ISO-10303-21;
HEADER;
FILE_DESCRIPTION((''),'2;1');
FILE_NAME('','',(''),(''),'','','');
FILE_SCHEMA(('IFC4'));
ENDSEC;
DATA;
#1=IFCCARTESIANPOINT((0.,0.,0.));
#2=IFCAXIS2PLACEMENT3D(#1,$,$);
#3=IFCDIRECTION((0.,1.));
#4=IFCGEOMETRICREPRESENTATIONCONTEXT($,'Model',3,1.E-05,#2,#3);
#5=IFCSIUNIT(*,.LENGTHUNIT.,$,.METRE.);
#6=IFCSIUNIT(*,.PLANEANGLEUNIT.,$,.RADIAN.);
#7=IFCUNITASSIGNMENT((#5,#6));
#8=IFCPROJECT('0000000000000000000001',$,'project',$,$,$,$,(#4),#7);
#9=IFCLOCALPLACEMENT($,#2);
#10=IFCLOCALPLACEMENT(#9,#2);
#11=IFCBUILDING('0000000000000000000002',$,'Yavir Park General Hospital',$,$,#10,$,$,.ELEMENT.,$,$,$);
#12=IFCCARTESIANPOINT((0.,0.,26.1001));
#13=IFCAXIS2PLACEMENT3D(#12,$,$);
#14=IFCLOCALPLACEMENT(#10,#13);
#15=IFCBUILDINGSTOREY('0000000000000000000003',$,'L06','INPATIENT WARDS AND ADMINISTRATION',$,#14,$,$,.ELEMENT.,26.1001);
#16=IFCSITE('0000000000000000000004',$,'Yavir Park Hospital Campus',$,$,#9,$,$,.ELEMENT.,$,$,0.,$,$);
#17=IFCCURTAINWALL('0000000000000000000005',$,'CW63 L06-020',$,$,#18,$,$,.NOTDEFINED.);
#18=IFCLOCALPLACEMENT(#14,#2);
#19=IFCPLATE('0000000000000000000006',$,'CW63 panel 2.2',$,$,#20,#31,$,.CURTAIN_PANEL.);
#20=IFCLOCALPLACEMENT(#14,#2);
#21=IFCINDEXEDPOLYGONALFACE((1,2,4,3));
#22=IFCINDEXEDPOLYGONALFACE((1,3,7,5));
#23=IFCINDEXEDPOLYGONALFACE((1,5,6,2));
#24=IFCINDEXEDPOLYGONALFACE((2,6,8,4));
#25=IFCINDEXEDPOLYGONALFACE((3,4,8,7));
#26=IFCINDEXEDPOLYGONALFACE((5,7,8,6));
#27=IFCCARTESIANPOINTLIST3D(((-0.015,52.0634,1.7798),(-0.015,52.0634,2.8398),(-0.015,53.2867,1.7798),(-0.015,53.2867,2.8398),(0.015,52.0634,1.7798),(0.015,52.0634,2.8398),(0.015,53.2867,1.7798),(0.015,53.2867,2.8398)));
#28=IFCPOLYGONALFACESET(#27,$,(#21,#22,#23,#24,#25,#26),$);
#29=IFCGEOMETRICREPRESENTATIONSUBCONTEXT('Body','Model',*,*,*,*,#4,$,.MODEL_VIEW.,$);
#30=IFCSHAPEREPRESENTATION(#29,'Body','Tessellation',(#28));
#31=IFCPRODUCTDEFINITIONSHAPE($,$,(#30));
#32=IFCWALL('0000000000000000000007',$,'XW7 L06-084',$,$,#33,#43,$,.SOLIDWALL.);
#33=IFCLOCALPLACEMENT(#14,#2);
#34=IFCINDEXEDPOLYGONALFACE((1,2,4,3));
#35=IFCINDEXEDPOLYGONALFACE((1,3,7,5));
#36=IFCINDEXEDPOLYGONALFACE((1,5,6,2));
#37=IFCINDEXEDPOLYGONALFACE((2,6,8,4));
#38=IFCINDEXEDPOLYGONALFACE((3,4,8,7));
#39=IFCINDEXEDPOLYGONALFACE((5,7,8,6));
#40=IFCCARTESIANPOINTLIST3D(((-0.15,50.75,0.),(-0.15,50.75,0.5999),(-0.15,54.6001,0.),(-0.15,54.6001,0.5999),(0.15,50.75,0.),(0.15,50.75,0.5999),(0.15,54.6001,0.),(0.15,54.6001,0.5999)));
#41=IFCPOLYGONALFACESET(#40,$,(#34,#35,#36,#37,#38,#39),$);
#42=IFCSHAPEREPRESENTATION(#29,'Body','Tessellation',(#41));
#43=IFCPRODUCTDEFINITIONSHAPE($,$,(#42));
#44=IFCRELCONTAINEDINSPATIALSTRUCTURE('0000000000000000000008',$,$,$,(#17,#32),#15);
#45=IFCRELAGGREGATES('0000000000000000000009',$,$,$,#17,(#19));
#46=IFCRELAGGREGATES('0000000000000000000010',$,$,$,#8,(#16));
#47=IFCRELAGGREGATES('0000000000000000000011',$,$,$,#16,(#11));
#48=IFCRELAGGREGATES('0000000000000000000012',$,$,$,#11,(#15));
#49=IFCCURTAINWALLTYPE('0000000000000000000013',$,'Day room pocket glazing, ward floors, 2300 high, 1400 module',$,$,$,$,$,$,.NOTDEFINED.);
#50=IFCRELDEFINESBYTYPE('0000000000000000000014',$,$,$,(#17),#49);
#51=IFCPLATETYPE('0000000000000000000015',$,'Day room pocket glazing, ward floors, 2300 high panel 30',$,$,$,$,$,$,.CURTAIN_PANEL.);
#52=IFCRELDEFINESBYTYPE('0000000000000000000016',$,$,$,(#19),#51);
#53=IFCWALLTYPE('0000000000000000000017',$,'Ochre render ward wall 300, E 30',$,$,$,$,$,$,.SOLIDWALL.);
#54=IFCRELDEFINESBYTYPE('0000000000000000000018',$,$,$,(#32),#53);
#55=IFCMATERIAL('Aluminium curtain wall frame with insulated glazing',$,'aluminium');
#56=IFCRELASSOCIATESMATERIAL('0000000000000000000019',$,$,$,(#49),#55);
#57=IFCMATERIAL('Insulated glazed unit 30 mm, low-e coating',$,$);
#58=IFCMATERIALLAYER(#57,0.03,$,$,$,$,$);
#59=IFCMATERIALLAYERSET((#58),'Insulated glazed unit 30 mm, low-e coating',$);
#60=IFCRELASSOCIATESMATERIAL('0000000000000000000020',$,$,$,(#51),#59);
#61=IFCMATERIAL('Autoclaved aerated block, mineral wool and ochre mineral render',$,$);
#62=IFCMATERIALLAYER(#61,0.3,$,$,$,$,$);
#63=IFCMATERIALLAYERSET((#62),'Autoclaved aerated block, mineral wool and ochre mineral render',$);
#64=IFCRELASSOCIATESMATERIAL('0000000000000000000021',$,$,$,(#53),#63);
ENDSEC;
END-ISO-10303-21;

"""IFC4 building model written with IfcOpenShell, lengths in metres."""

from ifc_helpers import new_model, si_unit, direction, frame, frame_2d, origin, origin_2d, place, context, subcontext, project, spatial, rectangle, extrude, material, layer, layer_set, type_object, element, aggregate, save


model = new_model("IFC4")

# Units and contexts
model_context = context("Model", 3, precision=1e-05, world=origin(), true_north=direction((0.0, 1.0)))
body_context = subcontext(model_context, "Body", "Model", "MODEL_VIEW")
ifc_project = project(units=[si_unit("LENGTHUNIT", "METRE"), si_unit("PLANEANGLEUNIT", "RADIAN")], contexts=[model_context])

# Site, building, storey
site_placement = place(None, origin())
site = spatial("IfcSite", under=ifc_project, at=site_placement, Name="Yavir Park Hospital Campus", CompositionType="ELEMENT", RefElevation=0.0)
building_placement = place(site_placement, origin())
building = spatial("IfcBuilding", under=site, at=building_placement, Name="Yavir Park General Hospital", CompositionType="ELEMENT")
storey_placement = place(building_placement, frame((0.0, 0.0, 26.1001)))
storey = spatial("IfcBuildingStorey", under=building, at=storey_placement, Name="L06", Description="INPATIENT WARDS AND ADMINISTRATION", CompositionType="ELEMENT", Elevation=26.1001)

# Curtain wall, plate
ifc_material_1 = material(Name="Aluminium curtain wall frame with insulated glazing", Category="aluminium")
curtain_wall_type = type_object("IfcCurtainWallType", Name="Day room pocket glazing, ward floors, 2300 high, 1400 module", PredefinedType="NOTDEFINED", material=ifc_material_1)
curtain_wall_placement = place(storey_placement, origin())
curtain_wall = element("IfcCurtainWall", 1, at=curtain_wall_placement, inside=storey, type_object=curtain_wall_type, Name="CW63 L06-020", PredefinedType="NOTDEFINED")
ifc_material_2 = material(Name="Insulated glazed unit 30 mm, low-e coating")
ifc_layer_1 = layer(ifc_material_2, 0.03)
ifc_layer_set_1 = layer_set([ifc_layer_1], Name="Insulated glazed unit 30 mm, low-e coating")
plate_type = type_object("IfcPlateType", Name="Day room pocket glazing, ward floors, 2300 high panel 30", PredefinedType="CURTAIN_PANEL", material=ifc_layer_set_1)
plate_1_placement = place(storey_placement, frame((0.0, 52.675, 1.7798), z_axis=(0.0, 0.0, 1.0), x_axis=(0.0, 1.0, 0.0)))
plate_1 = element("IfcPlate", 2, at=plate_1_placement, type_object=plate_type, Name="CW63 panel 2.2", PredefinedType="CURTAIN_PANEL", context=body_context, shape_type="SweptSolid", body=[
    extrude(rectangle(XDim=1.2234, YDim=0.03, at=origin_2d()), origin(), (0.0, 0.0, 1.0), 1.0601),
])
aggregate(curtain_wall, [plate_1])

# Wall
ifc_material_3 = material(Name="Autoclaved aerated block, mineral wool and ochre mineral render")
ifc_layer_2 = layer(ifc_material_3, 0.3)
ifc_layer_set_2 = layer_set([ifc_layer_2], Name="Autoclaved aerated block, mineral wool and ochre mineral render")
wall_type = type_object("IfcWallType", Name="Ochre render ward wall 300, E 30", PredefinedType="SOLIDWALL", material=ifc_layer_set_2)
wall_placement = place(storey_placement, frame((0.0, 50.75, 0.0), z_axis=(0.0, 0.0, 1.0), x_axis=(0.0, 1.0, 0.0)))
element("IfcWall", 3, at=wall_placement, inside=storey, type_object=wall_type, Name="XW7 L06-084", PredefinedType="SOLIDWALL", context=body_context, shape_type="SweptSolid", body=[
    extrude(rectangle(XDim=3.8501, YDim=0.3, at=frame_2d((1.925, 0.0))), origin(), (0.0, 0.0, 1.0), 0.5999),
])

save(model, "model.ifc")
